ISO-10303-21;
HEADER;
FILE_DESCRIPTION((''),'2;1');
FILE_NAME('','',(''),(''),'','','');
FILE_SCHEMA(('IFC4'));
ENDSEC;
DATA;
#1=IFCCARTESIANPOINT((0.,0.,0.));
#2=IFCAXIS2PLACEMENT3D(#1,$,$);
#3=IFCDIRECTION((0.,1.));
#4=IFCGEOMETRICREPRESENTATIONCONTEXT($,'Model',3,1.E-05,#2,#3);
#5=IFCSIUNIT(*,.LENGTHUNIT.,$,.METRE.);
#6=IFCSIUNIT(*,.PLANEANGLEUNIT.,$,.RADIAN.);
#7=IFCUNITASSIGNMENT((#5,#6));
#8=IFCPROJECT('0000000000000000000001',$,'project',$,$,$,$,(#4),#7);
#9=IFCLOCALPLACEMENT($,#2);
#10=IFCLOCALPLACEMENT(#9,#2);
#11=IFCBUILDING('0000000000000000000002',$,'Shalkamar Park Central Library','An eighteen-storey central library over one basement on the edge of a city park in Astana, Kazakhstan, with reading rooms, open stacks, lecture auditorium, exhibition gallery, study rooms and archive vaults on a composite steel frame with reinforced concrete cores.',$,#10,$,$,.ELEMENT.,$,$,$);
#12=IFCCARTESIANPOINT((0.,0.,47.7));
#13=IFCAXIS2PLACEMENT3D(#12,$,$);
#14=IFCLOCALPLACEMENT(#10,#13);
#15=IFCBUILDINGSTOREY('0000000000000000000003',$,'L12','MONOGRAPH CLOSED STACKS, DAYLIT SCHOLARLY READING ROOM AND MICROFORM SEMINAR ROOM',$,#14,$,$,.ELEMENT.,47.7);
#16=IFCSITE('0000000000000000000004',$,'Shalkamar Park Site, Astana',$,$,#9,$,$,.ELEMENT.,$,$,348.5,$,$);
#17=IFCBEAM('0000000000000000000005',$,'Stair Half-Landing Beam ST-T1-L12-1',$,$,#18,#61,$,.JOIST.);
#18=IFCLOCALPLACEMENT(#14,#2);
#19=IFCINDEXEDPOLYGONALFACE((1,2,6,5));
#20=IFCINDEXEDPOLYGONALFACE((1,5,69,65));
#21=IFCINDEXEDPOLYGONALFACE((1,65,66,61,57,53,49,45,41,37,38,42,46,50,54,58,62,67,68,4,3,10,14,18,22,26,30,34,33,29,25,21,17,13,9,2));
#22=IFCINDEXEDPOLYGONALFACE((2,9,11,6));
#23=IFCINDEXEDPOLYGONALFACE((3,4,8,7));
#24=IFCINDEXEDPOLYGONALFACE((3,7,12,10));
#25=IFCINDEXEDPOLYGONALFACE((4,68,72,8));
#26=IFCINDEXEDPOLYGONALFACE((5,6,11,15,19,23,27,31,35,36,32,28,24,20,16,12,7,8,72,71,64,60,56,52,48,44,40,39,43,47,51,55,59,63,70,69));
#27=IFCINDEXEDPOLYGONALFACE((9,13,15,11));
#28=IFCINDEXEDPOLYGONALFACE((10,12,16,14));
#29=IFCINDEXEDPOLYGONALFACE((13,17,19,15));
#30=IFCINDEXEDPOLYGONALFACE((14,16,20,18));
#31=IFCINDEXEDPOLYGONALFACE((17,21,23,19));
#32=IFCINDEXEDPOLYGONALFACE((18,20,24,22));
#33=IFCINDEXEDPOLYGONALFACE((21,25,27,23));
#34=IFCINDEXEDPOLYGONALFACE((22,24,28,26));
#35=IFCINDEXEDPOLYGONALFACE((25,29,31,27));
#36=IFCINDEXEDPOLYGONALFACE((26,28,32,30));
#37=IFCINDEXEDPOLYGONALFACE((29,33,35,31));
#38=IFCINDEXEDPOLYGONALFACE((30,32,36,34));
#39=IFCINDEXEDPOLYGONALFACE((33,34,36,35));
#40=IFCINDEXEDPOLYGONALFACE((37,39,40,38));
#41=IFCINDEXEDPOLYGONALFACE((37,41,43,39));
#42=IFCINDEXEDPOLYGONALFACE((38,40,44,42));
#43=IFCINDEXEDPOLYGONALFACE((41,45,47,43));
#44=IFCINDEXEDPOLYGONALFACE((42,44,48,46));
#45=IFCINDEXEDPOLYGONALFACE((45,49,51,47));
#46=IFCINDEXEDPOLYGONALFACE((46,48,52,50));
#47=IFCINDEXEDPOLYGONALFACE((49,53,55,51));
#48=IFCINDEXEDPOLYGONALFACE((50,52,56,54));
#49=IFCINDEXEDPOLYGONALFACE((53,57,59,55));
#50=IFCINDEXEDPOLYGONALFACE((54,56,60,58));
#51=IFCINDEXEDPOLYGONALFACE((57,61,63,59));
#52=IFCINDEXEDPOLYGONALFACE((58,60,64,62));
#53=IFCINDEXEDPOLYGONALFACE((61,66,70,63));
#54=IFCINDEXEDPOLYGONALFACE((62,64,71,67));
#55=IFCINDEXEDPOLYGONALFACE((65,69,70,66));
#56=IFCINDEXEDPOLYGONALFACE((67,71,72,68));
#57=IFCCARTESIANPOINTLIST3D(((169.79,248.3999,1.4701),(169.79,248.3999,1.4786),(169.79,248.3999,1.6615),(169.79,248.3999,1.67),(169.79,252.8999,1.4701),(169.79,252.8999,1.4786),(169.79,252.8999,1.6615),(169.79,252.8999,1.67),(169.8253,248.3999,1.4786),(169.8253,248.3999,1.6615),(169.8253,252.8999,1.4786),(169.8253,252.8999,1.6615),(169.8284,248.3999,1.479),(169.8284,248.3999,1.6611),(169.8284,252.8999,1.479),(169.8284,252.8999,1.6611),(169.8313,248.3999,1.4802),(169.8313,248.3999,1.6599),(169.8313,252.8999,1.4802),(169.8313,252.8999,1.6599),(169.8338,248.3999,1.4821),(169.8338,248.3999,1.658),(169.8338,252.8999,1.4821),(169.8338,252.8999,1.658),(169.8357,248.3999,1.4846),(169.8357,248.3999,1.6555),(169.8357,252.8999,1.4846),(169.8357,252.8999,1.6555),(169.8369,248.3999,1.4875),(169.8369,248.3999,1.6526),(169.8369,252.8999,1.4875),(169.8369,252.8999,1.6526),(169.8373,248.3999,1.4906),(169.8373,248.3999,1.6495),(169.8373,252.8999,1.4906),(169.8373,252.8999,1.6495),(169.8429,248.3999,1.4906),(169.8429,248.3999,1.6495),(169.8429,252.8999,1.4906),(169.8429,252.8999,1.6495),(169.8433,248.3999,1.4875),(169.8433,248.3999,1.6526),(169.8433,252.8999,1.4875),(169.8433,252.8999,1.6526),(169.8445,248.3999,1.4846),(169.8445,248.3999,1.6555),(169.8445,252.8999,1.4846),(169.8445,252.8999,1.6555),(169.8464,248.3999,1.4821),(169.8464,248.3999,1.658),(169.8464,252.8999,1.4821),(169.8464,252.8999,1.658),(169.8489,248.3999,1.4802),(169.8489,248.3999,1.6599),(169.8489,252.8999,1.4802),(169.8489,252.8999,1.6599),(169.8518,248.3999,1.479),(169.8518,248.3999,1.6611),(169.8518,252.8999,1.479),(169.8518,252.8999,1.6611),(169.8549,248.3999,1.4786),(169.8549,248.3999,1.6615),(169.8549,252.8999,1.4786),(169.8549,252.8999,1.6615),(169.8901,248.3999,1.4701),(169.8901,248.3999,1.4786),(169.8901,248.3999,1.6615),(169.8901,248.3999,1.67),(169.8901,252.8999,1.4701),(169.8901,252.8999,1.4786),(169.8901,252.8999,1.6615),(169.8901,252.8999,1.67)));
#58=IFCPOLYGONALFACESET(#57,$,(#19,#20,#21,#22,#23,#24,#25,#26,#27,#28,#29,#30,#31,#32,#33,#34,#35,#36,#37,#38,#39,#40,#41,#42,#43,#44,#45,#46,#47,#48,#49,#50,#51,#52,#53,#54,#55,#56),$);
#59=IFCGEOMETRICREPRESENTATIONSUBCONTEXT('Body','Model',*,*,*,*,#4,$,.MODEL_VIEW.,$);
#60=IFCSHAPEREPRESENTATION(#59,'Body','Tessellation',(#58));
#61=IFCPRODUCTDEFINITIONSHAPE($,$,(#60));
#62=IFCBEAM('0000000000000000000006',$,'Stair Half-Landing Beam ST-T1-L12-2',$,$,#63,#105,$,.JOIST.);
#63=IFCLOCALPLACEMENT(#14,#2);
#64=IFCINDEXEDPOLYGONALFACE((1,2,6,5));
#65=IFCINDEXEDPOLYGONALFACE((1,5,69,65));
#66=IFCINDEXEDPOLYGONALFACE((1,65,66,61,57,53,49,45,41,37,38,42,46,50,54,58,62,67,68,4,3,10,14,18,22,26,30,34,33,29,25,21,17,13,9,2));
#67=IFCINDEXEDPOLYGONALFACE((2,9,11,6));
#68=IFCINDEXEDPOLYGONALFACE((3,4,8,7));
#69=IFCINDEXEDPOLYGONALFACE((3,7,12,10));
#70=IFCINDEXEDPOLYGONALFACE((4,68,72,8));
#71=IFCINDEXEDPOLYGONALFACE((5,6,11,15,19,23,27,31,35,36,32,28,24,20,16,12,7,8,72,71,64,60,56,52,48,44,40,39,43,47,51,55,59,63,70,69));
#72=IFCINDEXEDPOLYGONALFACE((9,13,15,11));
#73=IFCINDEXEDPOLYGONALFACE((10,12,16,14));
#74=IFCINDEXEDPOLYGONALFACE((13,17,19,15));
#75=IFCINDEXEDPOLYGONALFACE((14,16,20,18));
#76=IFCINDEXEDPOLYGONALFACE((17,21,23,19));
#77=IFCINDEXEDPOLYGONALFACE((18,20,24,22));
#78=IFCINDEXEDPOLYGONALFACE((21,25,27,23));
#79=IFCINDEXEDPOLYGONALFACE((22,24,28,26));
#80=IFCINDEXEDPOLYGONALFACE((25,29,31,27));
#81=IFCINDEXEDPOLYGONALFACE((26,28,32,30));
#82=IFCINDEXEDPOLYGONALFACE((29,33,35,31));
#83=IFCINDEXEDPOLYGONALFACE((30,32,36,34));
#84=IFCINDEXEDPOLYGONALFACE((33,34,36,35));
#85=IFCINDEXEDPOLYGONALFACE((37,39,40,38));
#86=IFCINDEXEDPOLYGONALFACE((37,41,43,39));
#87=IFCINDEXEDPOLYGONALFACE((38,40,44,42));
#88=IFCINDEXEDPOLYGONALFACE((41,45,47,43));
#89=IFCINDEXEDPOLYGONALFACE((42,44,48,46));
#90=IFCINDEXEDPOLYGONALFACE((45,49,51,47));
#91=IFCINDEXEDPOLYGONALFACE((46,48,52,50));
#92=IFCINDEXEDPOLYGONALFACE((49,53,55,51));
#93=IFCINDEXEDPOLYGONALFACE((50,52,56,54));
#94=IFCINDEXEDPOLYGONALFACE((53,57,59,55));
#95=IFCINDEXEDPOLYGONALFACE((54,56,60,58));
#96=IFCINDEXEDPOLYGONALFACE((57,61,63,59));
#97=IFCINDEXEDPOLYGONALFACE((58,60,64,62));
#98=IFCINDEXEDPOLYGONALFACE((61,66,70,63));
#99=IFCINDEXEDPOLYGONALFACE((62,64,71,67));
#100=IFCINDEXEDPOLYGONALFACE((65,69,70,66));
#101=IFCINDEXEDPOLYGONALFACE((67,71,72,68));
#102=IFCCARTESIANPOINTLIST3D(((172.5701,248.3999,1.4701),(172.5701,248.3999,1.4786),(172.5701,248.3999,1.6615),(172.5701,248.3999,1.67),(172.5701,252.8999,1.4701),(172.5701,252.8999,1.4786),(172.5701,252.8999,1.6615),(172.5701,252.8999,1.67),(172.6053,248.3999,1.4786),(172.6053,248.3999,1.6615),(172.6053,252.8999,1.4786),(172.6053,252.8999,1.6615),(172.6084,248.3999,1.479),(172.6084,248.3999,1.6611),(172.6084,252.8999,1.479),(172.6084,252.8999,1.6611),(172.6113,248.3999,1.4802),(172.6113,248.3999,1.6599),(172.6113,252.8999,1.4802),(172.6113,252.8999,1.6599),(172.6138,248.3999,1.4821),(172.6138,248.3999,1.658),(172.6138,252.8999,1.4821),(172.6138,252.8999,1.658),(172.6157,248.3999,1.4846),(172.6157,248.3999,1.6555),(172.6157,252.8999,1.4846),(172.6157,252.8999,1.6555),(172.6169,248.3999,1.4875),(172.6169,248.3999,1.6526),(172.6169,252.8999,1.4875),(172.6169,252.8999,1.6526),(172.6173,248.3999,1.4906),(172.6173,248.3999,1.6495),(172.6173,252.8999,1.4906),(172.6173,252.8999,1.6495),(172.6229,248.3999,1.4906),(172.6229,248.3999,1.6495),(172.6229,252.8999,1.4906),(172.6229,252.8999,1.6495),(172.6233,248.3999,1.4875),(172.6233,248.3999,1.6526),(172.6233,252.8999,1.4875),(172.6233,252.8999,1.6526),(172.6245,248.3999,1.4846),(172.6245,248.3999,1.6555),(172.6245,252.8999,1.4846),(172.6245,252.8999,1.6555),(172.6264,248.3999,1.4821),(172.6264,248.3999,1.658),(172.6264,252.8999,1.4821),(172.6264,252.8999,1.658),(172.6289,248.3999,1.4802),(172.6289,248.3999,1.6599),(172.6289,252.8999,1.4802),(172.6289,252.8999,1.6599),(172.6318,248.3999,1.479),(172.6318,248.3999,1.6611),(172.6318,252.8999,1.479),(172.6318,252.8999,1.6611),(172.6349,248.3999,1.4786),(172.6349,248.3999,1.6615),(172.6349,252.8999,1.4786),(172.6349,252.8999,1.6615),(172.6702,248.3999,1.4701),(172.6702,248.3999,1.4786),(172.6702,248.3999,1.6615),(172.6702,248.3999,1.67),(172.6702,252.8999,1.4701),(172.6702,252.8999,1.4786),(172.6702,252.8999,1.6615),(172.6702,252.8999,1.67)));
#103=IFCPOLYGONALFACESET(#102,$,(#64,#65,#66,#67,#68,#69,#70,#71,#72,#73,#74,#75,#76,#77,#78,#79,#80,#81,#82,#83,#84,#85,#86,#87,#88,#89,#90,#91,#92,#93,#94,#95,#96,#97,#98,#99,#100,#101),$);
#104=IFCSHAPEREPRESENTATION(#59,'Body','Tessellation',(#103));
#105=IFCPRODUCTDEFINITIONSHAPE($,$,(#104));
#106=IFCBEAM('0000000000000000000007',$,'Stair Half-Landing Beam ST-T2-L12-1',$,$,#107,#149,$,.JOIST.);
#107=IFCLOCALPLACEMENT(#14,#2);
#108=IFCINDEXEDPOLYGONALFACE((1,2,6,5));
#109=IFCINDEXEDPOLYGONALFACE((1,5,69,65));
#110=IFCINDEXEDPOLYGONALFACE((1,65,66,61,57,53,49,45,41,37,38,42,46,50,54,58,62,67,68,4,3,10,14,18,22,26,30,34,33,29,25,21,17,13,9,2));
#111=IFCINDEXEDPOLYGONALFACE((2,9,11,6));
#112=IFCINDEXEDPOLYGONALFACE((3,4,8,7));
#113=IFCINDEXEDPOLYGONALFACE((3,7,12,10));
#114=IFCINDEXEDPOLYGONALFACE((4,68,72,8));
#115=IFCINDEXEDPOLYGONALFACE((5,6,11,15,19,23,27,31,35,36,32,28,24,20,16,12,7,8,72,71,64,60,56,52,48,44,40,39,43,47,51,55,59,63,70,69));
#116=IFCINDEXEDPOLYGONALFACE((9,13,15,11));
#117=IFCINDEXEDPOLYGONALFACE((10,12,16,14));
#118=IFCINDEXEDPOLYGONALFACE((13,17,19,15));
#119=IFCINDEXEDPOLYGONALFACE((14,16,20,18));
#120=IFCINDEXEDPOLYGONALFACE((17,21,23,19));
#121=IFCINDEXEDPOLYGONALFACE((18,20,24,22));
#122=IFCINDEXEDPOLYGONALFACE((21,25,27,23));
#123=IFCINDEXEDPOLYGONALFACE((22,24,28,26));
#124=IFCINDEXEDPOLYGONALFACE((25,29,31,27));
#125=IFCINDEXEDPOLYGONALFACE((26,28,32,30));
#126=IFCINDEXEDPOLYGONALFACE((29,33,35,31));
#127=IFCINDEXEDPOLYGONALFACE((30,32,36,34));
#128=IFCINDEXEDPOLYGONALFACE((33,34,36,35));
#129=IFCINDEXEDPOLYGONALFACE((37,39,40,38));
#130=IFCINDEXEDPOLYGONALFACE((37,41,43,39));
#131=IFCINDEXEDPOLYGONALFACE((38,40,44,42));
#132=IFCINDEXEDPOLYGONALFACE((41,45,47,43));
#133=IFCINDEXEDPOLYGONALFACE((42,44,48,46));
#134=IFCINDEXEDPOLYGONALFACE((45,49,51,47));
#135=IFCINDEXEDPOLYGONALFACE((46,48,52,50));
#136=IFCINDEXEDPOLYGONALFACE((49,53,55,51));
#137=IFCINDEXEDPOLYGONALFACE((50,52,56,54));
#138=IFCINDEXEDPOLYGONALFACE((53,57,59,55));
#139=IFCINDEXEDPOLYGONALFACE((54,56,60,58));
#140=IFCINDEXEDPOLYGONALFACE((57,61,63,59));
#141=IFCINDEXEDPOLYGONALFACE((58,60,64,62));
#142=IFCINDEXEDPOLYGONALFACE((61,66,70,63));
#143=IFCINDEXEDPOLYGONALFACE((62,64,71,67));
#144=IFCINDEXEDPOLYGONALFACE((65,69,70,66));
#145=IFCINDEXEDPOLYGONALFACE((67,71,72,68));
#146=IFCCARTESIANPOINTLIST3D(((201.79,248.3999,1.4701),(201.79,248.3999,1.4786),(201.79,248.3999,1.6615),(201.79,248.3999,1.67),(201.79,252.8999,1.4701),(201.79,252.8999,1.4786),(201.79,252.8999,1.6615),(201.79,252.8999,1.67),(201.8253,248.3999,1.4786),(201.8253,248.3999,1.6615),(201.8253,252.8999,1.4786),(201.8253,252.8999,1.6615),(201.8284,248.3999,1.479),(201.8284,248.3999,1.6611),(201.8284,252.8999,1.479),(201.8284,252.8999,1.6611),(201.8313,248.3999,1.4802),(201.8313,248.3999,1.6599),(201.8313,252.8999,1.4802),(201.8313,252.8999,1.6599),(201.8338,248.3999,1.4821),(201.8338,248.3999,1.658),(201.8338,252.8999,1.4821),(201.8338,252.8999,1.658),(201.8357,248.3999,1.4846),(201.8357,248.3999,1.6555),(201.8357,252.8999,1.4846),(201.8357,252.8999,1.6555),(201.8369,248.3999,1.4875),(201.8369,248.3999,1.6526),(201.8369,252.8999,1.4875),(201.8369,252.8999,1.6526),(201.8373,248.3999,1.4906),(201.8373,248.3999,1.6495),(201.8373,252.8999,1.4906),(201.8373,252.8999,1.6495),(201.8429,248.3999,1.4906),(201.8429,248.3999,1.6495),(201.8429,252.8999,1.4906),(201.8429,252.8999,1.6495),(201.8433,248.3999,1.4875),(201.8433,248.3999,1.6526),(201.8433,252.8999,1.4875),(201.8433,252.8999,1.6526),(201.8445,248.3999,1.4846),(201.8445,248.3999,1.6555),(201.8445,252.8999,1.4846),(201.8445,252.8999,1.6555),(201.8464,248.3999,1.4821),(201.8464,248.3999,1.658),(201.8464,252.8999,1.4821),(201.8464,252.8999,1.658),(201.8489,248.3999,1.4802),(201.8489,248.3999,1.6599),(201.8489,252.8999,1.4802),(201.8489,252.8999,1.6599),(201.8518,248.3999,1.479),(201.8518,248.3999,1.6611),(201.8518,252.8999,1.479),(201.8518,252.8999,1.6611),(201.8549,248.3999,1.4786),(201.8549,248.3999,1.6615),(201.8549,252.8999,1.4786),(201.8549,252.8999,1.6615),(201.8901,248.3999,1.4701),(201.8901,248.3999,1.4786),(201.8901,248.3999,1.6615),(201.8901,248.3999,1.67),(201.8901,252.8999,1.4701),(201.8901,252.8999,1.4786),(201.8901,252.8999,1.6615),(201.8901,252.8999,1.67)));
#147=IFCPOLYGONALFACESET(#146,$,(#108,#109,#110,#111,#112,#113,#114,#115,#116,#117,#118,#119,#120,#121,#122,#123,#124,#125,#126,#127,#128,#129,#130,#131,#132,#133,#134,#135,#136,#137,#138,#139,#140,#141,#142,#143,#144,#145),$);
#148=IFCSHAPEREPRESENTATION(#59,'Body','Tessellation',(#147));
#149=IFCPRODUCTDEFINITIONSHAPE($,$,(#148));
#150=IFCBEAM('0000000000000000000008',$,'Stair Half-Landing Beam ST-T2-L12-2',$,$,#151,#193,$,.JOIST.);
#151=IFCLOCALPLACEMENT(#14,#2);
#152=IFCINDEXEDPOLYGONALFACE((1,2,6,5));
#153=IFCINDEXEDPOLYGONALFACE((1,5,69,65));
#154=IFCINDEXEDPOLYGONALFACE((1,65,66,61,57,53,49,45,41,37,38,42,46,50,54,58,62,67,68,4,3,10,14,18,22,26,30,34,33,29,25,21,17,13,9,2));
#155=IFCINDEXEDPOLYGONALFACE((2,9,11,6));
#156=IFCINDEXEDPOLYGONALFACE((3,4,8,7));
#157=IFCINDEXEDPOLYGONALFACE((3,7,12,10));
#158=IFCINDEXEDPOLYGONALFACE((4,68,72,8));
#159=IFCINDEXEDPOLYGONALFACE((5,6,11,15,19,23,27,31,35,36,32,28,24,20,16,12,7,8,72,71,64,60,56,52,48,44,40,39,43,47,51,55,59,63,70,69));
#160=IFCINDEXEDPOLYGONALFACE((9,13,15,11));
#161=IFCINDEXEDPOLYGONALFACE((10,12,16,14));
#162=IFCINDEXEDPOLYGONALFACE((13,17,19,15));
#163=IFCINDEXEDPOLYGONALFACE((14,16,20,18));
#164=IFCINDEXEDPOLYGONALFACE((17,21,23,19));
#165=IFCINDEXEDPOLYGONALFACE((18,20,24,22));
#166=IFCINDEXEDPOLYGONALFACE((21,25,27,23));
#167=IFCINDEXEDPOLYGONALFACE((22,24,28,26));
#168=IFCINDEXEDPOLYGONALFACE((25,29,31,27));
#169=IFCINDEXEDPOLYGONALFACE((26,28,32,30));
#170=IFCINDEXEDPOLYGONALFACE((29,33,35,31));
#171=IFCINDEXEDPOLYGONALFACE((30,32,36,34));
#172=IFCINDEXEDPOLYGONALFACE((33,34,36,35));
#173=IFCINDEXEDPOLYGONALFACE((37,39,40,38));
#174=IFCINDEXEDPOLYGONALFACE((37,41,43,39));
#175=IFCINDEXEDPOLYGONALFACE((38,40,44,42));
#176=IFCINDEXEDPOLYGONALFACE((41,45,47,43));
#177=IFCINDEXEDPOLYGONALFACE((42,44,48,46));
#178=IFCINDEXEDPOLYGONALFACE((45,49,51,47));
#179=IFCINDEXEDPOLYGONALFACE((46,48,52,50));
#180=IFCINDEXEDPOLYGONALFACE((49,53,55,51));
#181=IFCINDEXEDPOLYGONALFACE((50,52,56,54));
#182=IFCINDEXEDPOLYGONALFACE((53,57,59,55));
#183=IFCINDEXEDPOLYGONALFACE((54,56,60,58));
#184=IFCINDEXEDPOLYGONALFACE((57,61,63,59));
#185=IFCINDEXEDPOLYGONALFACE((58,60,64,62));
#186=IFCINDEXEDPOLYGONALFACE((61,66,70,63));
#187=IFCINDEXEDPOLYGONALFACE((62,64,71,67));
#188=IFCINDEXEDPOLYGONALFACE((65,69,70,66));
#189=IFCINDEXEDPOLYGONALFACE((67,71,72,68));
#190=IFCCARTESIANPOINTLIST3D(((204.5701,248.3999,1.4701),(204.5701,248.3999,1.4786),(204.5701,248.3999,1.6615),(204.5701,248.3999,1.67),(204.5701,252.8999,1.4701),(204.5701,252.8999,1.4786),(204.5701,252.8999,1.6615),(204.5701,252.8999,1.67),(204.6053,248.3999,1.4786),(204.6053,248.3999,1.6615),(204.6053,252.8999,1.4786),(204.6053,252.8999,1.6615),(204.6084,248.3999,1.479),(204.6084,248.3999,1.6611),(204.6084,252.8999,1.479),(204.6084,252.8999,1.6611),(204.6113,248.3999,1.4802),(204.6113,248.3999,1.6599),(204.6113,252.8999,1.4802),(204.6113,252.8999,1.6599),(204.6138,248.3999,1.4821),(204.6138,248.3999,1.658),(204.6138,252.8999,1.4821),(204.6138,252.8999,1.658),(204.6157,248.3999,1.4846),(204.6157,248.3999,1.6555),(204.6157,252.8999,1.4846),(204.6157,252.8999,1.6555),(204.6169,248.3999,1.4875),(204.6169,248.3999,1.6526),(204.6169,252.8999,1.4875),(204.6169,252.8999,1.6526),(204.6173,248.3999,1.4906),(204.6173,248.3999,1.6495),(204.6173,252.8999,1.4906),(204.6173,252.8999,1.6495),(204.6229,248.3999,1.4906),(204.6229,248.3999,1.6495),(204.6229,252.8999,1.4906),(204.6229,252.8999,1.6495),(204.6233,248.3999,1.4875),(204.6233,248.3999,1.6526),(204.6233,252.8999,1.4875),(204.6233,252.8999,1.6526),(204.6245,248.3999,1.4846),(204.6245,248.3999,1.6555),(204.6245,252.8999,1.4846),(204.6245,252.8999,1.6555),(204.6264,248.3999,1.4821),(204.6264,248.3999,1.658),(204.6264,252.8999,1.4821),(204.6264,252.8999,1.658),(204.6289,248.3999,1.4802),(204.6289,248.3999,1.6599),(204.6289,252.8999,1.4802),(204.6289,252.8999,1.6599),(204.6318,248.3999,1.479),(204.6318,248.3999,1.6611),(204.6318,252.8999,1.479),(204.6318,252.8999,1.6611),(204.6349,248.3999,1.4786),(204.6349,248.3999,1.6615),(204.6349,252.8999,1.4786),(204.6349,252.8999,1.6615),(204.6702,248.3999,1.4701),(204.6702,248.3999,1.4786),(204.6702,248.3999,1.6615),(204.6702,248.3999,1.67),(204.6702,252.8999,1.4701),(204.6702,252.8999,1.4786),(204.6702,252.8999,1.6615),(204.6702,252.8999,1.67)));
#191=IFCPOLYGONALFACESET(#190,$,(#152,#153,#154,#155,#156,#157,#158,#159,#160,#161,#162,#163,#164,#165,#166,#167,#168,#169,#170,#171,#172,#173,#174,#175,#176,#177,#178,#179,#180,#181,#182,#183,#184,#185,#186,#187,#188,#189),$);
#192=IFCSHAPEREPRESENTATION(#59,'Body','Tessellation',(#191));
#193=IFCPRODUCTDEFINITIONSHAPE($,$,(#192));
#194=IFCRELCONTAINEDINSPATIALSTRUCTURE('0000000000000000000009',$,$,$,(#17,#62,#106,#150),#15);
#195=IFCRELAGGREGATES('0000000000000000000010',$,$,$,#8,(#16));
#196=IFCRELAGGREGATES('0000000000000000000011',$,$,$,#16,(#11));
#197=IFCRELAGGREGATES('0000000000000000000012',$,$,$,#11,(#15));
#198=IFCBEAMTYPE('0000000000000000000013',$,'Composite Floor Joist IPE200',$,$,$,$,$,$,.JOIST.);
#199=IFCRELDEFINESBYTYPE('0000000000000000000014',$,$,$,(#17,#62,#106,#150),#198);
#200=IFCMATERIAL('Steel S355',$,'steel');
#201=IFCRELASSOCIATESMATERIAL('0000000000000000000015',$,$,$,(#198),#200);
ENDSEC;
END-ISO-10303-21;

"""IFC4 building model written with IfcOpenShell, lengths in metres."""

from ifc_helpers import new_model, si_unit, direction, frame, origin, origin_2d, place, context, subcontext, project, spatial, i_section, extrude, material, material_profile, profile_set, type_object, element, save


model = new_model("IFC4")

# Units and contexts
model_context = context("Model", 3, precision=1e-05, world=origin(), true_north=direction((0.0, 1.0)))
body_context = subcontext(model_context, "Body", "Model", "MODEL_VIEW")
ifc_project = project(units=[si_unit("LENGTHUNIT", "METRE"), si_unit("PLANEANGLEUNIT", "RADIAN")], contexts=[model_context])

# Site, building, storey
site_placement = place(None, origin())
site = spatial("IfcSite", under=ifc_project, at=site_placement, Name="Shalkamar Park Site, Astana", CompositionType="ELEMENT", RefElevation=348.5)
building_placement = place(site_placement, origin())
building = spatial("IfcBuilding", under=site, at=building_placement, Name="Shalkamar Park Central Library", Description="An eighteen-storey central library over one basement on the edge of a city park in Astana, Kazakhstan, with reading rooms, open stacks, lecture auditorium, exhibition gallery, study rooms and archive vaults on a composite steel frame with reinforced concrete cores.", CompositionType="ELEMENT")
storey_placement = place(building_placement, frame((0.0, 0.0, 47.7)))
storey = spatial("IfcBuildingStorey", under=building, at=storey_placement, Name="L12", Description="MONOGRAPH CLOSED STACKS, DAYLIT SCHOLARLY READING ROOM AND MICROFORM SEMINAR ROOM", CompositionType="ELEMENT", Elevation=47.7)

# Beams
ifc_material_1 = material(Name="Steel S355", Category="steel")
ifc_material_profile_1 = material_profile(ifc_material_1, i_section(OverallWidth=0.1001, OverallDepth=0.2, WebThickness=0.0056, FlangeThickness=0.0085, FilletRadius=0.012, at=origin_2d()), Name="IPE 200")
ifc_profile_set_1 = profile_set([ifc_material_profile_1], Name="Steel S355")
beam_type_1 = type_object("IfcBeamType", Name="Composite Floor Joist IPE200", PredefinedType="JOIST", material=ifc_profile_set_1)
for number, where, z_axis, x_axis, name in (
    (1, (169.8401, 248.3999, 1.5701), (0.0, 1.0, 0.0), (-1.0, 0.0, 0.0), "Stair Half-Landing Beam ST-T1-L12-1"),
    (2, (172.6201, 248.3999, 1.5701), (0.0, 1.0, 0.0), (-1.0, 0.0, 0.0), "Stair Half-Landing Beam ST-T1-L12-2"),
    (3, (201.8401, 248.3999, 1.5701), (0.0, 1.0, 0.0), (-1.0, 0.0, 0.0), "Stair Half-Landing Beam ST-T2-L12-1"),
    (4, (204.6201, 248.3999, 1.5701), (0.0, 1.0, 0.0), (-1.0, 0.0, 0.0), "Stair Half-Landing Beam ST-T2-L12-2"),
):
    element("IfcBeam", number, at=place(storey_placement, frame(where, z_axis=z_axis, x_axis=x_axis)), inside=storey, type_object=beam_type_1, Name=name, PredefinedType="JOIST", context=body_context, shape_type="SweptSolid", body=[
        extrude(i_section(OverallWidth=0.1001, OverallDepth=0.2, WebThickness=0.0056, FlangeThickness=0.0085, FilletRadius=0.012, at=origin_2d()), origin(), (0.0, 0.0, 1.0), 4.5),
    ])

save(model, "model.ifc")
